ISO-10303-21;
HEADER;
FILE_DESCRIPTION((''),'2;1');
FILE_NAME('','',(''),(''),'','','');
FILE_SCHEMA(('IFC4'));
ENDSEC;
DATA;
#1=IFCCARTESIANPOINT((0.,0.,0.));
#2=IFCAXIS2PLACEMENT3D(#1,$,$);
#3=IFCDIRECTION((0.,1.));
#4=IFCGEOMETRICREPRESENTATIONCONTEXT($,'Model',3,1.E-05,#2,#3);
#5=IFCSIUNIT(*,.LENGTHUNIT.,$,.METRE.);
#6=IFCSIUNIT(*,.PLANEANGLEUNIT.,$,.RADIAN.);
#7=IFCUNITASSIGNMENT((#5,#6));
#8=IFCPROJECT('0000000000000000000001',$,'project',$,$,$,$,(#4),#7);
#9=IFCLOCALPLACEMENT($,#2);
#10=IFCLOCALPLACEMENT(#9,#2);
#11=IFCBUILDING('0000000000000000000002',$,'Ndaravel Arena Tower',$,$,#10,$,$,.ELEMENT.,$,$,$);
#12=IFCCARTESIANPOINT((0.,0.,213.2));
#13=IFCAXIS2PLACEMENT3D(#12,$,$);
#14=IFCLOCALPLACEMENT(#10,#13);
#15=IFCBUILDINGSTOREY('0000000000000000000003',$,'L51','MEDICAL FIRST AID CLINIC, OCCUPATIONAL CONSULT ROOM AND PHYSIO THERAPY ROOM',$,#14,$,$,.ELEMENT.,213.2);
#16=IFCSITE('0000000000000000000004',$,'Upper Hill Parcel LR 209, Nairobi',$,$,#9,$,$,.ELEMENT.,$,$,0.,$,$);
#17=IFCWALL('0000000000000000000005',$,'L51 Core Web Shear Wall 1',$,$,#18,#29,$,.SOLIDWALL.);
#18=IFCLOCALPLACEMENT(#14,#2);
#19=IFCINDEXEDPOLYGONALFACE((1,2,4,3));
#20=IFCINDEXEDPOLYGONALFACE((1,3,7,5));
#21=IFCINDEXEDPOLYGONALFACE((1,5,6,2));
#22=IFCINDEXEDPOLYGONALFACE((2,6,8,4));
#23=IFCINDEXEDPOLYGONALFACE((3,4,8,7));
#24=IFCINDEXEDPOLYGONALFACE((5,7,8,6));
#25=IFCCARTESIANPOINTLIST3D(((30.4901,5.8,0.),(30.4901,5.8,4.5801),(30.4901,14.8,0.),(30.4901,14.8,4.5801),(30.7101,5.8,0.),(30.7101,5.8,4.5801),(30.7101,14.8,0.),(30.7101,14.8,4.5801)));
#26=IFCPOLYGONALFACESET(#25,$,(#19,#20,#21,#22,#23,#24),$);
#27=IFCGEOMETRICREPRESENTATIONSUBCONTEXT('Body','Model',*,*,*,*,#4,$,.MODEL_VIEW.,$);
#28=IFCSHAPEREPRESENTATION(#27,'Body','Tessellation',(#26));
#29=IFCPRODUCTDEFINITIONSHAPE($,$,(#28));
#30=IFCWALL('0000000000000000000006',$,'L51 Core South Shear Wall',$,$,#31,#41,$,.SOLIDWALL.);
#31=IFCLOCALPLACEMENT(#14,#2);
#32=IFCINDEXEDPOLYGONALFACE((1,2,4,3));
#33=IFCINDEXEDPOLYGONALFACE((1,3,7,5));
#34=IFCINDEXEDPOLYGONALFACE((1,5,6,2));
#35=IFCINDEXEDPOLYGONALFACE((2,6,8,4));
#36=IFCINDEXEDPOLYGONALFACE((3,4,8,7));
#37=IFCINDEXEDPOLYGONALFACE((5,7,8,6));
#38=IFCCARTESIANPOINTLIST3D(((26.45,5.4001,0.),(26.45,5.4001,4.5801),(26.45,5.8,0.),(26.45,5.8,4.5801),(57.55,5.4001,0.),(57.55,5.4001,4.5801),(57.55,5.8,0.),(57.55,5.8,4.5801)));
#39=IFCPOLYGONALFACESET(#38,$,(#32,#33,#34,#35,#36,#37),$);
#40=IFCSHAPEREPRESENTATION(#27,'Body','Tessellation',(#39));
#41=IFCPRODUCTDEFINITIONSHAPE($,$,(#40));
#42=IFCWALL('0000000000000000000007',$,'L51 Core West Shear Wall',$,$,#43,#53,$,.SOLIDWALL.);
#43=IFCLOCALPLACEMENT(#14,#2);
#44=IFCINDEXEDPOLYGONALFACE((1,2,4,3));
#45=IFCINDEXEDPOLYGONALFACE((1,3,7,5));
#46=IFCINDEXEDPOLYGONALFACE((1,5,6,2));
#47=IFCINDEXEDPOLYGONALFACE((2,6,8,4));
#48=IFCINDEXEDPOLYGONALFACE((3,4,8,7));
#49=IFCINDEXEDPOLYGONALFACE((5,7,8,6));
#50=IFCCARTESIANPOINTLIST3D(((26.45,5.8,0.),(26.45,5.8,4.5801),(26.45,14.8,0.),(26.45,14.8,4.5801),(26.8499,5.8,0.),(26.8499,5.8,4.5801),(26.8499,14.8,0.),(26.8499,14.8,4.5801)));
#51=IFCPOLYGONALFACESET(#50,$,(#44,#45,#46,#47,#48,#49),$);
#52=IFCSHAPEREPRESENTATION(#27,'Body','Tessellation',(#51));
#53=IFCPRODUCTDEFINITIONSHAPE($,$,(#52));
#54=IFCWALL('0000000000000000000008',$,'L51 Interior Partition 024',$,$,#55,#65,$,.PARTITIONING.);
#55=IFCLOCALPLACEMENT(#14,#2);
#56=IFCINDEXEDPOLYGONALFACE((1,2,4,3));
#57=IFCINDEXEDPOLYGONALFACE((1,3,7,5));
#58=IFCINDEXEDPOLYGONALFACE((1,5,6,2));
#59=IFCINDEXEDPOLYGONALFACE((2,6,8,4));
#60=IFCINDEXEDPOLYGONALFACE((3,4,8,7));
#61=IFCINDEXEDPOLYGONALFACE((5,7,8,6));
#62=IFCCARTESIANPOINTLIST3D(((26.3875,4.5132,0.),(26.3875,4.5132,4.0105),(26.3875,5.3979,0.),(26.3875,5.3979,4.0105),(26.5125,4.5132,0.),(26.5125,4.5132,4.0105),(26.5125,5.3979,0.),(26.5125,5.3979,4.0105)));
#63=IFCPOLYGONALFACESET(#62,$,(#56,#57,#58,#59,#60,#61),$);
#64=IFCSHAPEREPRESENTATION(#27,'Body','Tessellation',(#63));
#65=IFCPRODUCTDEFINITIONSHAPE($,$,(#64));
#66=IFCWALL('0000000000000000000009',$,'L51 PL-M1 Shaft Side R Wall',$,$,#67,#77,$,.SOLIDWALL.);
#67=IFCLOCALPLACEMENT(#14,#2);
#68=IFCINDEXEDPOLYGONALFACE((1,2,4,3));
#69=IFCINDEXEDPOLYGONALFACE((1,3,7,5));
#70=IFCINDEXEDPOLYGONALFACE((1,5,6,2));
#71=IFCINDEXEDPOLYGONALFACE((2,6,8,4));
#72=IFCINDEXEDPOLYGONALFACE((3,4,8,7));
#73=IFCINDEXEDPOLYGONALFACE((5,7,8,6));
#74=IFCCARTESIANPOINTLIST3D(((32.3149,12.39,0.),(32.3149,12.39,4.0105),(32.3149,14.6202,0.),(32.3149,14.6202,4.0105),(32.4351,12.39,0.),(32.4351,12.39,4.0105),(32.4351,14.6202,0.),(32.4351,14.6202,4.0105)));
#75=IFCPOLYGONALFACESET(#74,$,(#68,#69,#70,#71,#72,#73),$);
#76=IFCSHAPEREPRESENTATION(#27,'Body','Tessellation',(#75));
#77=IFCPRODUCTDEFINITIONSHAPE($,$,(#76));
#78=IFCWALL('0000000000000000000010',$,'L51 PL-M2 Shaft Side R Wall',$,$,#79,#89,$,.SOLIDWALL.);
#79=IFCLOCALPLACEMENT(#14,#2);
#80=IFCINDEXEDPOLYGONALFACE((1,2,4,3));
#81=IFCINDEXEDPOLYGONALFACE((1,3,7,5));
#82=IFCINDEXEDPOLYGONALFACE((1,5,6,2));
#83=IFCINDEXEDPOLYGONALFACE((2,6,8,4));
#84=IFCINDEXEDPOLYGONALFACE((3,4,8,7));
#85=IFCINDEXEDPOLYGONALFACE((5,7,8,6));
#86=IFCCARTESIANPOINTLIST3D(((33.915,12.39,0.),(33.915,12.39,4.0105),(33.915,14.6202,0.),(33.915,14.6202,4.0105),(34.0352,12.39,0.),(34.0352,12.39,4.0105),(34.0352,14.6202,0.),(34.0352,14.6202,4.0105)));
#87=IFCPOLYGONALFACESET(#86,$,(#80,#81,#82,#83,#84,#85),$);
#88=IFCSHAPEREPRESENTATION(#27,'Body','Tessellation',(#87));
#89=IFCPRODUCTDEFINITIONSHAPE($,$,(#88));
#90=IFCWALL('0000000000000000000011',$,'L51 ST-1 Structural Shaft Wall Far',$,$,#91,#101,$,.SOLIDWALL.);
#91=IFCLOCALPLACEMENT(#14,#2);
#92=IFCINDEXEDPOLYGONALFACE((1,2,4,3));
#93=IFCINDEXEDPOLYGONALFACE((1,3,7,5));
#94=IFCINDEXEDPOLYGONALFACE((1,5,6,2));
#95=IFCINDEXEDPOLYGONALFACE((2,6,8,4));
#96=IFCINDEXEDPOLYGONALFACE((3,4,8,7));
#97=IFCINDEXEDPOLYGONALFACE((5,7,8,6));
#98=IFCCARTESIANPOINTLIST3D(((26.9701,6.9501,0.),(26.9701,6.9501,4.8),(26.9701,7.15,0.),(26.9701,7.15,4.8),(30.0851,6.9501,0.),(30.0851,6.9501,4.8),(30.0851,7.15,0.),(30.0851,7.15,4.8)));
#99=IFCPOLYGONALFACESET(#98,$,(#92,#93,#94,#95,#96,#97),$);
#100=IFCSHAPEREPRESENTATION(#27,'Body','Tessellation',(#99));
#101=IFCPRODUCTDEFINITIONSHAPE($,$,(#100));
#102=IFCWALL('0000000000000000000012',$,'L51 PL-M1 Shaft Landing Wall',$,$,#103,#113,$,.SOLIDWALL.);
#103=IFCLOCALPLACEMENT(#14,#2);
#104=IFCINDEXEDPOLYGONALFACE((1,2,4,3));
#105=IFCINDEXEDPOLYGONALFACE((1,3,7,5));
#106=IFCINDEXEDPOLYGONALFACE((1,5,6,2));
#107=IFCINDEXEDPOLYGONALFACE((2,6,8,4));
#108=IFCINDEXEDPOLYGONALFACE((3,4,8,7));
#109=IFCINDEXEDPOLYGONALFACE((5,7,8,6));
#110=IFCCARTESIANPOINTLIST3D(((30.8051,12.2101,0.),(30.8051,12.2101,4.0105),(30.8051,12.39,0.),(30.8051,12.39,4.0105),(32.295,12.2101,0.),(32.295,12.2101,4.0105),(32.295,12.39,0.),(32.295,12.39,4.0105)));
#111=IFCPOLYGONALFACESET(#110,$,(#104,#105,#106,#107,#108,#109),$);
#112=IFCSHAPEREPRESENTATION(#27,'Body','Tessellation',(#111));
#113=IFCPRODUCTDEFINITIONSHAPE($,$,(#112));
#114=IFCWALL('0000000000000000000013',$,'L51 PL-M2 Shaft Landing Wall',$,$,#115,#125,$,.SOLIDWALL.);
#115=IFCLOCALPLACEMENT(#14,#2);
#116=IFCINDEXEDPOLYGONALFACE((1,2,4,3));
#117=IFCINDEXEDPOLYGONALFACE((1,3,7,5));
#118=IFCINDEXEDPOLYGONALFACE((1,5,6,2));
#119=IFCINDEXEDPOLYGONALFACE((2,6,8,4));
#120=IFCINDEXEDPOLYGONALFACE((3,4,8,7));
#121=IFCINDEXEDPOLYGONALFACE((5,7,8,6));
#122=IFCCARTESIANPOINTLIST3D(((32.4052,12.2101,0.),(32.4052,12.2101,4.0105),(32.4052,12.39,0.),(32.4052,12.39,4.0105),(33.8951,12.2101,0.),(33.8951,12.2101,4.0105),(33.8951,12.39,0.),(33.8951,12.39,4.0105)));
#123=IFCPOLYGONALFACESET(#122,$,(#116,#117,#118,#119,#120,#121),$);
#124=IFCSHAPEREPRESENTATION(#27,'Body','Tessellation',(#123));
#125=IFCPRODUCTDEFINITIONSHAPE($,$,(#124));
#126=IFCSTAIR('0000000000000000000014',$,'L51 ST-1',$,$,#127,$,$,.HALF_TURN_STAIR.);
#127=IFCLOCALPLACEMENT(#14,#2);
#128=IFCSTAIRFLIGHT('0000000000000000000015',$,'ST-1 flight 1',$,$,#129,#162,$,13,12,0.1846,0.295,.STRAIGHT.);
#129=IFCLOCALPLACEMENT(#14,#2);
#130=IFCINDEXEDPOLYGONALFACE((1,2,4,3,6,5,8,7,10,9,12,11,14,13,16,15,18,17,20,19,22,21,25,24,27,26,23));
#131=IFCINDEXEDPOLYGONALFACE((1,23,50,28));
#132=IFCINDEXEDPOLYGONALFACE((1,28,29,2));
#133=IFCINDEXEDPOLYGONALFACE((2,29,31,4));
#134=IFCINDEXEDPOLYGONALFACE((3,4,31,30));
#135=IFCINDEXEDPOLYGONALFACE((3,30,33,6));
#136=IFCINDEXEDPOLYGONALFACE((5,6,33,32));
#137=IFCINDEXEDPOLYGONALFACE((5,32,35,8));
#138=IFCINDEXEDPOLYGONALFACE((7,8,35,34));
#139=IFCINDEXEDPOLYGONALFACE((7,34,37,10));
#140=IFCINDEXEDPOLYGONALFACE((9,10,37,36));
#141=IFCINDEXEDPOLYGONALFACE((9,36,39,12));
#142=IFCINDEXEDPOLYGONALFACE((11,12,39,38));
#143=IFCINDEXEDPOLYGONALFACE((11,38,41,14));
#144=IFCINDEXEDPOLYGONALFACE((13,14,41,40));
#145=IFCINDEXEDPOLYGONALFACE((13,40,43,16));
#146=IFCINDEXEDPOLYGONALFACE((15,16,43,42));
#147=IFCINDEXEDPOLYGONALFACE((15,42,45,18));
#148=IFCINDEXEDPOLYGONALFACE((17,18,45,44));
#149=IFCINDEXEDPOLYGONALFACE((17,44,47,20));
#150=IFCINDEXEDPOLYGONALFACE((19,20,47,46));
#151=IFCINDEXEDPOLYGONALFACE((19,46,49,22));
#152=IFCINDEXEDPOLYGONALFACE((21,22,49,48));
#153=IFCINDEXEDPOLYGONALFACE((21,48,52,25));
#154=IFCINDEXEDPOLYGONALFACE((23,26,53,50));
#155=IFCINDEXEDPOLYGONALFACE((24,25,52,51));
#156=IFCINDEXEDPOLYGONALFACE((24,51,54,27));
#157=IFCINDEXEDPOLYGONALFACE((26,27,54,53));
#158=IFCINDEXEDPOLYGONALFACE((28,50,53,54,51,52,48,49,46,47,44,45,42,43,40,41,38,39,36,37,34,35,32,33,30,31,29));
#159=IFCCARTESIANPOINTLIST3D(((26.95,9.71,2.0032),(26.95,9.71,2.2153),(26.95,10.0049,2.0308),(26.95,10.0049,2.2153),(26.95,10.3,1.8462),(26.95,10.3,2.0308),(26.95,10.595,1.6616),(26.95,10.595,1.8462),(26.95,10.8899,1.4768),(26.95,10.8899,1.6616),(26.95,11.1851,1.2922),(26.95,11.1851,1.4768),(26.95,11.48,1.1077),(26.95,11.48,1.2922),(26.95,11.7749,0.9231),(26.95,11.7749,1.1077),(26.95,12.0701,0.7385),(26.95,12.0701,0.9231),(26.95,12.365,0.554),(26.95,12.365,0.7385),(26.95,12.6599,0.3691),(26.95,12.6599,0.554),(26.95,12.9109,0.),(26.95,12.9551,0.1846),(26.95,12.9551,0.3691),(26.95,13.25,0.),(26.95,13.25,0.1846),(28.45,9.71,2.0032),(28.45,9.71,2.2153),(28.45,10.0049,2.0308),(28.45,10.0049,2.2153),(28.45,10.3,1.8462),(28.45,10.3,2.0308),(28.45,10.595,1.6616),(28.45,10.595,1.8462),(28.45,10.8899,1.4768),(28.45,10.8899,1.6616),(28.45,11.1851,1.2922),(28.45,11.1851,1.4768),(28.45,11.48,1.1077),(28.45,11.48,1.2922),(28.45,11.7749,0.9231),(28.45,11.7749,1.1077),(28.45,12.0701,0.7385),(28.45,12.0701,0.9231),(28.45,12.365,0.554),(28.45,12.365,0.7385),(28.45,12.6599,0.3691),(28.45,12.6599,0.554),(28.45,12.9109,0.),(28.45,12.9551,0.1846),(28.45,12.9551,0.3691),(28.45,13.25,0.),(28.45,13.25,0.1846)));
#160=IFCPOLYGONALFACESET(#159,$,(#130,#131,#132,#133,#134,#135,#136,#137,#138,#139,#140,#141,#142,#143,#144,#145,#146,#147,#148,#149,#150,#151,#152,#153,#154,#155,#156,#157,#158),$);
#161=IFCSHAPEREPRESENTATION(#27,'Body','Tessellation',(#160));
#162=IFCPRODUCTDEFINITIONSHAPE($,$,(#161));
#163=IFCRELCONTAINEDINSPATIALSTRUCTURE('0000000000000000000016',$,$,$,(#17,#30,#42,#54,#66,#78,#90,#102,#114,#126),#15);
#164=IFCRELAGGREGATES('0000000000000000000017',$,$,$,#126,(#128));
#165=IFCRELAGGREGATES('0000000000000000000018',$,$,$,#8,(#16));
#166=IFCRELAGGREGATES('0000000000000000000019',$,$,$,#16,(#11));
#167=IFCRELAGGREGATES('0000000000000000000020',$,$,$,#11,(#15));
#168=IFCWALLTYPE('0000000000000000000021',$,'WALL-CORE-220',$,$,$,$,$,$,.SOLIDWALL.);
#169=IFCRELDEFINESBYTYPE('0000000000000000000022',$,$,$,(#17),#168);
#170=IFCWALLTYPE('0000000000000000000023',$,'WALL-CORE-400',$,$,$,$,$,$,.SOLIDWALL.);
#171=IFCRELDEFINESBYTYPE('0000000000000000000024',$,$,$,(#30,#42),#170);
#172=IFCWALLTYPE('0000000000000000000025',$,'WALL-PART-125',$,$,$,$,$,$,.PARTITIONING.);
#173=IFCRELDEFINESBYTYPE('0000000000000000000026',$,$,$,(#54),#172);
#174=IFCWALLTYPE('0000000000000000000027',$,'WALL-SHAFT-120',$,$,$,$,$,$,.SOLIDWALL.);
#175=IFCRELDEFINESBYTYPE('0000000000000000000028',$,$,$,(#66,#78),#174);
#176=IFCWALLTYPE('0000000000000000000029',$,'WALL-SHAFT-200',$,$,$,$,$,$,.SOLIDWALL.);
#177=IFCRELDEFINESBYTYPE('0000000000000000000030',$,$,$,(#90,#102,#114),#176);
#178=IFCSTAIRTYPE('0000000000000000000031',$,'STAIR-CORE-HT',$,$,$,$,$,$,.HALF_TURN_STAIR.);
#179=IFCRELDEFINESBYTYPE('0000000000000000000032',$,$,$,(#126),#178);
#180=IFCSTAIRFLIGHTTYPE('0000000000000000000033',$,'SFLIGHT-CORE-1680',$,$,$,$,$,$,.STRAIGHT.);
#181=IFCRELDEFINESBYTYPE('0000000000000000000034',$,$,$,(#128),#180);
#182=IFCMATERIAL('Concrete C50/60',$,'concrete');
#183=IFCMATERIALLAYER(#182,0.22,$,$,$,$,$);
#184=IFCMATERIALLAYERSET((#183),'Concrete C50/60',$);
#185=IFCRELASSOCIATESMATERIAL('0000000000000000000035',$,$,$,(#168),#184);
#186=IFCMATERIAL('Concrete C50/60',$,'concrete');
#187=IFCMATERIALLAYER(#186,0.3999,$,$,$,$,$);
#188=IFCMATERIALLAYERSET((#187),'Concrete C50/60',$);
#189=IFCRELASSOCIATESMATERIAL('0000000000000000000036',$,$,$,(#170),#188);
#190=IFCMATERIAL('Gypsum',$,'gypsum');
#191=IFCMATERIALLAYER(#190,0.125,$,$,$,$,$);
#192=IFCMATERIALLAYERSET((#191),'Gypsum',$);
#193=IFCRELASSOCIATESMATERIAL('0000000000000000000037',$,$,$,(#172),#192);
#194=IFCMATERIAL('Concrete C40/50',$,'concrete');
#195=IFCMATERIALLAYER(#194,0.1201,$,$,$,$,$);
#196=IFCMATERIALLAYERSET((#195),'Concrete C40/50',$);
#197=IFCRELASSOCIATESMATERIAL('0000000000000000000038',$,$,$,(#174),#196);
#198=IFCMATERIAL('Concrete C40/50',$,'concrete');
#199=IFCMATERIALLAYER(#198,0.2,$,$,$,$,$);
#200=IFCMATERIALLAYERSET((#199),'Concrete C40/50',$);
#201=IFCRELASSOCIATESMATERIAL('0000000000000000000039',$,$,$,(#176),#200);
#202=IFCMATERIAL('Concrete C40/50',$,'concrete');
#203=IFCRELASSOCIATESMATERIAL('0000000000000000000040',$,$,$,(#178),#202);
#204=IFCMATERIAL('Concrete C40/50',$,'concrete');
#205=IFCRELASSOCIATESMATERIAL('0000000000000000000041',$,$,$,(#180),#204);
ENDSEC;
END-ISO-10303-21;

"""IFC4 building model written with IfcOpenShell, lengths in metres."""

from ifc_helpers import new_model, si_unit, direction, frame, frame_2d, origin, place, context, subcontext, project, spatial, polyline, rectangle, outline, extrude, material, layer, layer_set, type_object, element, aggregate, save


model = new_model("IFC4")

# Units and contexts
model_context = context("Model", 3, precision=1e-05, world=origin(), true_north=direction((0.0, 1.0)))
body_context = subcontext(model_context, "Body", "Model", "MODEL_VIEW")
ifc_project = project(units=[si_unit("LENGTHUNIT", "METRE"), si_unit("PLANEANGLEUNIT", "RADIAN")], contexts=[model_context])

# Site, building, storey
site_placement = place(None, origin())
site = spatial("IfcSite", under=ifc_project, at=site_placement, Name="Upper Hill Parcel LR 209, Nairobi", CompositionType="ELEMENT", RefElevation=0.0)
building_placement = place(site_placement, origin())
building = spatial("IfcBuilding", under=site, at=building_placement, Name="Ndaravel Arena Tower", CompositionType="ELEMENT")
storey_placement = place(building_placement, frame((0.0, 0.0, 213.2)))
storey = spatial("IfcBuildingStorey", under=building, at=storey_placement, Name="L51", Description="MEDICAL FIRST AID CLINIC, OCCUPATIONAL CONSULT ROOM AND PHYSIO THERAPY ROOM", CompositionType="ELEMENT", Elevation=213.2)

# Walls
ifc_material_1 = material(Name="Concrete C50/60", Category="concrete")
ifc_layer_1 = layer(ifc_material_1, 0.22)
ifc_layer_set_1 = layer_set([ifc_layer_1], Name="Concrete C50/60")
wall_type_1 = type_object("IfcWallType", Name="WALL-CORE-220", PredefinedType="SOLIDWALL", material=ifc_layer_set_1)
wall_1_placement = place(storey_placement, frame((30.6001, 5.8, 0.0), z_axis=(0.0, 0.0, 1.0), x_axis=(0.0, 1.0, 0.0)))
element("IfcWall", 1, at=wall_1_placement, inside=storey, type_object=wall_type_1, Name="L51 Core Web Shear Wall 1", PredefinedType="SOLIDWALL", context=body_context, shape_type="SweptSolid", body=[
    extrude(rectangle(XDim=9.0, YDim=0.22, at=frame_2d((4.5, 0.0))), origin(), (0.0, 0.0, 1.0), 4.5801),
])
ifc_material_2 = material(Name="Concrete C50/60", Category="concrete")
ifc_layer_2 = layer(ifc_material_2, 0.3999)
ifc_layer_set_2 = layer_set([ifc_layer_2], Name="Concrete C50/60")
wall_type_2 = type_object("IfcWallType", Name="WALL-CORE-400", PredefinedType="SOLIDWALL", material=ifc_layer_set_2)
wall_2_placement = place(storey_placement, frame((26.45, 5.6001, 0.0), z_axis=(0.0, 0.0, 1.0), x_axis=(1.0, 0.0, 0.0)))
element("IfcWall", 2, at=wall_2_placement, inside=storey, type_object=wall_type_2, Name="L51 Core South Shear Wall", PredefinedType="SOLIDWALL", context=body_context, shape_type="SweptSolid", body=[
    extrude(rectangle(XDim=31.1001, YDim=0.3999, at=frame_2d((15.55, 0.0))), origin(), (0.0, 0.0, 1.0), 4.5801),
])
wall_3_placement = place(storey_placement, frame((26.6499, 5.8, 0.0), z_axis=(0.0, 0.0, 1.0), x_axis=(0.0, 1.0, 0.0)))
element("IfcWall", 3, at=wall_3_placement, inside=storey, type_object=wall_type_2, Name="L51 Core West Shear Wall", PredefinedType="SOLIDWALL", context=body_context, shape_type="SweptSolid", body=[
    extrude(rectangle(XDim=9.0, YDim=0.3999, at=frame_2d((4.5, 0.0))), origin(), (0.0, 0.0, 1.0), 4.5801),
])
ifc_material_3 = material(Name="Gypsum", Category="gypsum")
ifc_layer_3 = layer(ifc_material_3, 0.125)
ifc_layer_set_3 = layer_set([ifc_layer_3], Name="Gypsum")
wall_type_3 = type_object("IfcWallType", Name="WALL-PART-125", PredefinedType="PARTITIONING", material=ifc_layer_set_3)
wall_4_placement = place(storey_placement, frame((26.45, 5.3979, 0.0), z_axis=(0.0, 0.0, 1.0), x_axis=(0.0, -1.0, 0.0)))
element("IfcWall", 4, at=wall_4_placement, inside=storey, type_object=wall_type_3, Name="L51 Interior Partition 024", PredefinedType="PARTITIONING", context=body_context, shape_type="SweptSolid", body=[
    extrude(rectangle(XDim=0.8848, YDim=0.125, at=frame_2d((0.4424, 0.0))), origin(), (0.0, 0.0, 1.0), 4.0105),
])
ifc_material_4 = material(Name="Concrete C40/50", Category="concrete")
ifc_layer_4 = layer(ifc_material_4, 0.1201)
ifc_layer_set_4 = layer_set([ifc_layer_4], Name="Concrete C40/50")
wall_type_4 = type_object("IfcWallType", Name="WALL-SHAFT-120", PredefinedType="SOLIDWALL", material=ifc_layer_set_4)
for number, where, z_axis, x_axis, name in (
    (5, (32.375, 12.3899, 0.0), (0.0, 0.0, 1.0), (0.0, 1.0, 0.0), "L51 PL-M1 Shaft Side R Wall"),
    (6, (33.9751, 12.3899, 0.0), (0.0, 0.0, 1.0), (0.0, 1.0, 0.0), "L51 PL-M2 Shaft Side R Wall"),
):
    element("IfcWall", number, at=place(storey_placement, frame(where, z_axis=z_axis, x_axis=x_axis)), inside=storey, type_object=wall_type_4, Name=name, PredefinedType="SOLIDWALL", context=body_context, shape_type="SweptSolid", body=[
        extrude(rectangle(XDim=2.2302, YDim=0.1201, at=frame_2d((1.1152, 0.0))), origin(), (0.0, 0.0, 1.0), 4.0105),
    ])
ifc_material_5 = material(Name="Concrete C40/50", Category="concrete")
ifc_layer_5 = layer(ifc_material_5, 0.2)
ifc_layer_set_5 = layer_set([ifc_layer_5], Name="Concrete C40/50")
wall_type_5 = type_object("IfcWallType", Name="WALL-SHAFT-200", PredefinedType="SOLIDWALL", material=ifc_layer_set_5)
wall_5_placement = place(storey_placement, frame((26.97, 7.05, 0.0), z_axis=(0.0, 0.0, 1.0), x_axis=(1.0, 0.0, 0.0)))
element("IfcWall", 7, at=wall_5_placement, inside=storey, type_object=wall_type_5, Name="L51 ST-1 Structural Shaft Wall Far", PredefinedType="SOLIDWALL", context=body_context, shape_type="SweptSolid", body=[
    extrude(rectangle(XDim=3.115, YDim=0.2, at=frame_2d((1.5576, 0.0))), origin(), (0.0, 0.0, 1.0), 4.8),
])
for number, where, z_axis, x_axis, name in (
    (8, (30.8049, 12.3, 0.0), (0.0, 0.0, 1.0), (1.0, 0.0, 0.0), "L51 PL-M1 Shaft Landing Wall"),
    (9, (32.405, 12.3, 0.0), (0.0, 0.0, 1.0), (1.0, 0.0, 0.0), "L51 PL-M2 Shaft Landing Wall"),
):
    element("IfcWall", number, at=place(storey_placement, frame(where, z_axis=z_axis, x_axis=x_axis)), inside=storey, type_object=wall_type_5, Name=name, PredefinedType="SOLIDWALL", context=body_context, shape_type="SweptSolid", body=[
        extrude(rectangle(XDim=1.49, YDim=0.1799, at=frame_2d((0.7451, 0.0))), origin(), (0.0, 0.0, 1.0), 4.0105),
    ])

# Stair, stair flight
ifc_material_6 = material(Name="Concrete C40/50", Category="concrete")
stair_type = type_object("IfcStairType", Name="STAIR-CORE-HT", PredefinedType="HALF_TURN_STAIR", material=ifc_material_6)
stair_placement = place(storey_placement, origin())
stair = element("IfcStair", 10, at=stair_placement, inside=storey, type_object=stair_type, Name="L51 ST-1", PredefinedType="HALF_TURN_STAIR")
ifc_material_7 = material(Name="Concrete C40/50", Category="concrete")
stair_flight_type = type_object("IfcStairFlightType", Name="SFLIGHT-CORE-1680", PredefinedType="STRAIGHT", material=ifc_material_7)
stair_flight_1_placement = place(storey_placement, frame((27.7, 13.25, 0.0), z_axis=(0.0, 0.0, 1.0), x_axis=(0.0, -1.0, 0.0)))
stair_flight_1 = element("IfcStairFlight", 11, at=stair_flight_1_placement, type_object=stair_flight_type, Name="ST-1 flight 1", NumberOfRisers=13, NumberOfTreads=12, PredefinedType="STRAIGHT", RiserHeight=0.1846, TreadLength=0.295, context=body_context, shape_type="SweptSolid", body=[
    extrude(outline(polyline([(0.0, 0.0), (0.0, 0.1846), (0.2949, 0.1846), (0.2949, 0.3691), (0.5901, 0.3691), (0.5901, 0.554), (0.885, 0.554), (0.885, 0.7385), (1.1799, 0.7385), (1.1799, 0.9231), (1.4751, 0.9231), (1.4751, 1.1077), (1.77, 1.1077), (1.77, 1.2922), (2.0649, 1.2922), (2.0649, 1.4768), (2.3601, 1.4768), (2.3601, 1.6616), (2.655, 1.6616), (2.655, 1.8462), (2.95, 1.8462), (2.95, 2.0308), (3.2451, 2.0308), (3.2451, 2.2153), (3.54, 2.2153), (3.54, 2.3999), (3.54, 2.0032), (0.3391, 0.0), (0.0, 0.0)])), frame((0.0, 0.75, 0.0), z_axis=(0.0, -1.0, 0.0), x_axis=(1.0, 0.0, 0.0)), (0.0, 0.0, 1.0), 1.5),
])
aggregate(stair, [stair_flight_1])

save(model, "model.ifc")
